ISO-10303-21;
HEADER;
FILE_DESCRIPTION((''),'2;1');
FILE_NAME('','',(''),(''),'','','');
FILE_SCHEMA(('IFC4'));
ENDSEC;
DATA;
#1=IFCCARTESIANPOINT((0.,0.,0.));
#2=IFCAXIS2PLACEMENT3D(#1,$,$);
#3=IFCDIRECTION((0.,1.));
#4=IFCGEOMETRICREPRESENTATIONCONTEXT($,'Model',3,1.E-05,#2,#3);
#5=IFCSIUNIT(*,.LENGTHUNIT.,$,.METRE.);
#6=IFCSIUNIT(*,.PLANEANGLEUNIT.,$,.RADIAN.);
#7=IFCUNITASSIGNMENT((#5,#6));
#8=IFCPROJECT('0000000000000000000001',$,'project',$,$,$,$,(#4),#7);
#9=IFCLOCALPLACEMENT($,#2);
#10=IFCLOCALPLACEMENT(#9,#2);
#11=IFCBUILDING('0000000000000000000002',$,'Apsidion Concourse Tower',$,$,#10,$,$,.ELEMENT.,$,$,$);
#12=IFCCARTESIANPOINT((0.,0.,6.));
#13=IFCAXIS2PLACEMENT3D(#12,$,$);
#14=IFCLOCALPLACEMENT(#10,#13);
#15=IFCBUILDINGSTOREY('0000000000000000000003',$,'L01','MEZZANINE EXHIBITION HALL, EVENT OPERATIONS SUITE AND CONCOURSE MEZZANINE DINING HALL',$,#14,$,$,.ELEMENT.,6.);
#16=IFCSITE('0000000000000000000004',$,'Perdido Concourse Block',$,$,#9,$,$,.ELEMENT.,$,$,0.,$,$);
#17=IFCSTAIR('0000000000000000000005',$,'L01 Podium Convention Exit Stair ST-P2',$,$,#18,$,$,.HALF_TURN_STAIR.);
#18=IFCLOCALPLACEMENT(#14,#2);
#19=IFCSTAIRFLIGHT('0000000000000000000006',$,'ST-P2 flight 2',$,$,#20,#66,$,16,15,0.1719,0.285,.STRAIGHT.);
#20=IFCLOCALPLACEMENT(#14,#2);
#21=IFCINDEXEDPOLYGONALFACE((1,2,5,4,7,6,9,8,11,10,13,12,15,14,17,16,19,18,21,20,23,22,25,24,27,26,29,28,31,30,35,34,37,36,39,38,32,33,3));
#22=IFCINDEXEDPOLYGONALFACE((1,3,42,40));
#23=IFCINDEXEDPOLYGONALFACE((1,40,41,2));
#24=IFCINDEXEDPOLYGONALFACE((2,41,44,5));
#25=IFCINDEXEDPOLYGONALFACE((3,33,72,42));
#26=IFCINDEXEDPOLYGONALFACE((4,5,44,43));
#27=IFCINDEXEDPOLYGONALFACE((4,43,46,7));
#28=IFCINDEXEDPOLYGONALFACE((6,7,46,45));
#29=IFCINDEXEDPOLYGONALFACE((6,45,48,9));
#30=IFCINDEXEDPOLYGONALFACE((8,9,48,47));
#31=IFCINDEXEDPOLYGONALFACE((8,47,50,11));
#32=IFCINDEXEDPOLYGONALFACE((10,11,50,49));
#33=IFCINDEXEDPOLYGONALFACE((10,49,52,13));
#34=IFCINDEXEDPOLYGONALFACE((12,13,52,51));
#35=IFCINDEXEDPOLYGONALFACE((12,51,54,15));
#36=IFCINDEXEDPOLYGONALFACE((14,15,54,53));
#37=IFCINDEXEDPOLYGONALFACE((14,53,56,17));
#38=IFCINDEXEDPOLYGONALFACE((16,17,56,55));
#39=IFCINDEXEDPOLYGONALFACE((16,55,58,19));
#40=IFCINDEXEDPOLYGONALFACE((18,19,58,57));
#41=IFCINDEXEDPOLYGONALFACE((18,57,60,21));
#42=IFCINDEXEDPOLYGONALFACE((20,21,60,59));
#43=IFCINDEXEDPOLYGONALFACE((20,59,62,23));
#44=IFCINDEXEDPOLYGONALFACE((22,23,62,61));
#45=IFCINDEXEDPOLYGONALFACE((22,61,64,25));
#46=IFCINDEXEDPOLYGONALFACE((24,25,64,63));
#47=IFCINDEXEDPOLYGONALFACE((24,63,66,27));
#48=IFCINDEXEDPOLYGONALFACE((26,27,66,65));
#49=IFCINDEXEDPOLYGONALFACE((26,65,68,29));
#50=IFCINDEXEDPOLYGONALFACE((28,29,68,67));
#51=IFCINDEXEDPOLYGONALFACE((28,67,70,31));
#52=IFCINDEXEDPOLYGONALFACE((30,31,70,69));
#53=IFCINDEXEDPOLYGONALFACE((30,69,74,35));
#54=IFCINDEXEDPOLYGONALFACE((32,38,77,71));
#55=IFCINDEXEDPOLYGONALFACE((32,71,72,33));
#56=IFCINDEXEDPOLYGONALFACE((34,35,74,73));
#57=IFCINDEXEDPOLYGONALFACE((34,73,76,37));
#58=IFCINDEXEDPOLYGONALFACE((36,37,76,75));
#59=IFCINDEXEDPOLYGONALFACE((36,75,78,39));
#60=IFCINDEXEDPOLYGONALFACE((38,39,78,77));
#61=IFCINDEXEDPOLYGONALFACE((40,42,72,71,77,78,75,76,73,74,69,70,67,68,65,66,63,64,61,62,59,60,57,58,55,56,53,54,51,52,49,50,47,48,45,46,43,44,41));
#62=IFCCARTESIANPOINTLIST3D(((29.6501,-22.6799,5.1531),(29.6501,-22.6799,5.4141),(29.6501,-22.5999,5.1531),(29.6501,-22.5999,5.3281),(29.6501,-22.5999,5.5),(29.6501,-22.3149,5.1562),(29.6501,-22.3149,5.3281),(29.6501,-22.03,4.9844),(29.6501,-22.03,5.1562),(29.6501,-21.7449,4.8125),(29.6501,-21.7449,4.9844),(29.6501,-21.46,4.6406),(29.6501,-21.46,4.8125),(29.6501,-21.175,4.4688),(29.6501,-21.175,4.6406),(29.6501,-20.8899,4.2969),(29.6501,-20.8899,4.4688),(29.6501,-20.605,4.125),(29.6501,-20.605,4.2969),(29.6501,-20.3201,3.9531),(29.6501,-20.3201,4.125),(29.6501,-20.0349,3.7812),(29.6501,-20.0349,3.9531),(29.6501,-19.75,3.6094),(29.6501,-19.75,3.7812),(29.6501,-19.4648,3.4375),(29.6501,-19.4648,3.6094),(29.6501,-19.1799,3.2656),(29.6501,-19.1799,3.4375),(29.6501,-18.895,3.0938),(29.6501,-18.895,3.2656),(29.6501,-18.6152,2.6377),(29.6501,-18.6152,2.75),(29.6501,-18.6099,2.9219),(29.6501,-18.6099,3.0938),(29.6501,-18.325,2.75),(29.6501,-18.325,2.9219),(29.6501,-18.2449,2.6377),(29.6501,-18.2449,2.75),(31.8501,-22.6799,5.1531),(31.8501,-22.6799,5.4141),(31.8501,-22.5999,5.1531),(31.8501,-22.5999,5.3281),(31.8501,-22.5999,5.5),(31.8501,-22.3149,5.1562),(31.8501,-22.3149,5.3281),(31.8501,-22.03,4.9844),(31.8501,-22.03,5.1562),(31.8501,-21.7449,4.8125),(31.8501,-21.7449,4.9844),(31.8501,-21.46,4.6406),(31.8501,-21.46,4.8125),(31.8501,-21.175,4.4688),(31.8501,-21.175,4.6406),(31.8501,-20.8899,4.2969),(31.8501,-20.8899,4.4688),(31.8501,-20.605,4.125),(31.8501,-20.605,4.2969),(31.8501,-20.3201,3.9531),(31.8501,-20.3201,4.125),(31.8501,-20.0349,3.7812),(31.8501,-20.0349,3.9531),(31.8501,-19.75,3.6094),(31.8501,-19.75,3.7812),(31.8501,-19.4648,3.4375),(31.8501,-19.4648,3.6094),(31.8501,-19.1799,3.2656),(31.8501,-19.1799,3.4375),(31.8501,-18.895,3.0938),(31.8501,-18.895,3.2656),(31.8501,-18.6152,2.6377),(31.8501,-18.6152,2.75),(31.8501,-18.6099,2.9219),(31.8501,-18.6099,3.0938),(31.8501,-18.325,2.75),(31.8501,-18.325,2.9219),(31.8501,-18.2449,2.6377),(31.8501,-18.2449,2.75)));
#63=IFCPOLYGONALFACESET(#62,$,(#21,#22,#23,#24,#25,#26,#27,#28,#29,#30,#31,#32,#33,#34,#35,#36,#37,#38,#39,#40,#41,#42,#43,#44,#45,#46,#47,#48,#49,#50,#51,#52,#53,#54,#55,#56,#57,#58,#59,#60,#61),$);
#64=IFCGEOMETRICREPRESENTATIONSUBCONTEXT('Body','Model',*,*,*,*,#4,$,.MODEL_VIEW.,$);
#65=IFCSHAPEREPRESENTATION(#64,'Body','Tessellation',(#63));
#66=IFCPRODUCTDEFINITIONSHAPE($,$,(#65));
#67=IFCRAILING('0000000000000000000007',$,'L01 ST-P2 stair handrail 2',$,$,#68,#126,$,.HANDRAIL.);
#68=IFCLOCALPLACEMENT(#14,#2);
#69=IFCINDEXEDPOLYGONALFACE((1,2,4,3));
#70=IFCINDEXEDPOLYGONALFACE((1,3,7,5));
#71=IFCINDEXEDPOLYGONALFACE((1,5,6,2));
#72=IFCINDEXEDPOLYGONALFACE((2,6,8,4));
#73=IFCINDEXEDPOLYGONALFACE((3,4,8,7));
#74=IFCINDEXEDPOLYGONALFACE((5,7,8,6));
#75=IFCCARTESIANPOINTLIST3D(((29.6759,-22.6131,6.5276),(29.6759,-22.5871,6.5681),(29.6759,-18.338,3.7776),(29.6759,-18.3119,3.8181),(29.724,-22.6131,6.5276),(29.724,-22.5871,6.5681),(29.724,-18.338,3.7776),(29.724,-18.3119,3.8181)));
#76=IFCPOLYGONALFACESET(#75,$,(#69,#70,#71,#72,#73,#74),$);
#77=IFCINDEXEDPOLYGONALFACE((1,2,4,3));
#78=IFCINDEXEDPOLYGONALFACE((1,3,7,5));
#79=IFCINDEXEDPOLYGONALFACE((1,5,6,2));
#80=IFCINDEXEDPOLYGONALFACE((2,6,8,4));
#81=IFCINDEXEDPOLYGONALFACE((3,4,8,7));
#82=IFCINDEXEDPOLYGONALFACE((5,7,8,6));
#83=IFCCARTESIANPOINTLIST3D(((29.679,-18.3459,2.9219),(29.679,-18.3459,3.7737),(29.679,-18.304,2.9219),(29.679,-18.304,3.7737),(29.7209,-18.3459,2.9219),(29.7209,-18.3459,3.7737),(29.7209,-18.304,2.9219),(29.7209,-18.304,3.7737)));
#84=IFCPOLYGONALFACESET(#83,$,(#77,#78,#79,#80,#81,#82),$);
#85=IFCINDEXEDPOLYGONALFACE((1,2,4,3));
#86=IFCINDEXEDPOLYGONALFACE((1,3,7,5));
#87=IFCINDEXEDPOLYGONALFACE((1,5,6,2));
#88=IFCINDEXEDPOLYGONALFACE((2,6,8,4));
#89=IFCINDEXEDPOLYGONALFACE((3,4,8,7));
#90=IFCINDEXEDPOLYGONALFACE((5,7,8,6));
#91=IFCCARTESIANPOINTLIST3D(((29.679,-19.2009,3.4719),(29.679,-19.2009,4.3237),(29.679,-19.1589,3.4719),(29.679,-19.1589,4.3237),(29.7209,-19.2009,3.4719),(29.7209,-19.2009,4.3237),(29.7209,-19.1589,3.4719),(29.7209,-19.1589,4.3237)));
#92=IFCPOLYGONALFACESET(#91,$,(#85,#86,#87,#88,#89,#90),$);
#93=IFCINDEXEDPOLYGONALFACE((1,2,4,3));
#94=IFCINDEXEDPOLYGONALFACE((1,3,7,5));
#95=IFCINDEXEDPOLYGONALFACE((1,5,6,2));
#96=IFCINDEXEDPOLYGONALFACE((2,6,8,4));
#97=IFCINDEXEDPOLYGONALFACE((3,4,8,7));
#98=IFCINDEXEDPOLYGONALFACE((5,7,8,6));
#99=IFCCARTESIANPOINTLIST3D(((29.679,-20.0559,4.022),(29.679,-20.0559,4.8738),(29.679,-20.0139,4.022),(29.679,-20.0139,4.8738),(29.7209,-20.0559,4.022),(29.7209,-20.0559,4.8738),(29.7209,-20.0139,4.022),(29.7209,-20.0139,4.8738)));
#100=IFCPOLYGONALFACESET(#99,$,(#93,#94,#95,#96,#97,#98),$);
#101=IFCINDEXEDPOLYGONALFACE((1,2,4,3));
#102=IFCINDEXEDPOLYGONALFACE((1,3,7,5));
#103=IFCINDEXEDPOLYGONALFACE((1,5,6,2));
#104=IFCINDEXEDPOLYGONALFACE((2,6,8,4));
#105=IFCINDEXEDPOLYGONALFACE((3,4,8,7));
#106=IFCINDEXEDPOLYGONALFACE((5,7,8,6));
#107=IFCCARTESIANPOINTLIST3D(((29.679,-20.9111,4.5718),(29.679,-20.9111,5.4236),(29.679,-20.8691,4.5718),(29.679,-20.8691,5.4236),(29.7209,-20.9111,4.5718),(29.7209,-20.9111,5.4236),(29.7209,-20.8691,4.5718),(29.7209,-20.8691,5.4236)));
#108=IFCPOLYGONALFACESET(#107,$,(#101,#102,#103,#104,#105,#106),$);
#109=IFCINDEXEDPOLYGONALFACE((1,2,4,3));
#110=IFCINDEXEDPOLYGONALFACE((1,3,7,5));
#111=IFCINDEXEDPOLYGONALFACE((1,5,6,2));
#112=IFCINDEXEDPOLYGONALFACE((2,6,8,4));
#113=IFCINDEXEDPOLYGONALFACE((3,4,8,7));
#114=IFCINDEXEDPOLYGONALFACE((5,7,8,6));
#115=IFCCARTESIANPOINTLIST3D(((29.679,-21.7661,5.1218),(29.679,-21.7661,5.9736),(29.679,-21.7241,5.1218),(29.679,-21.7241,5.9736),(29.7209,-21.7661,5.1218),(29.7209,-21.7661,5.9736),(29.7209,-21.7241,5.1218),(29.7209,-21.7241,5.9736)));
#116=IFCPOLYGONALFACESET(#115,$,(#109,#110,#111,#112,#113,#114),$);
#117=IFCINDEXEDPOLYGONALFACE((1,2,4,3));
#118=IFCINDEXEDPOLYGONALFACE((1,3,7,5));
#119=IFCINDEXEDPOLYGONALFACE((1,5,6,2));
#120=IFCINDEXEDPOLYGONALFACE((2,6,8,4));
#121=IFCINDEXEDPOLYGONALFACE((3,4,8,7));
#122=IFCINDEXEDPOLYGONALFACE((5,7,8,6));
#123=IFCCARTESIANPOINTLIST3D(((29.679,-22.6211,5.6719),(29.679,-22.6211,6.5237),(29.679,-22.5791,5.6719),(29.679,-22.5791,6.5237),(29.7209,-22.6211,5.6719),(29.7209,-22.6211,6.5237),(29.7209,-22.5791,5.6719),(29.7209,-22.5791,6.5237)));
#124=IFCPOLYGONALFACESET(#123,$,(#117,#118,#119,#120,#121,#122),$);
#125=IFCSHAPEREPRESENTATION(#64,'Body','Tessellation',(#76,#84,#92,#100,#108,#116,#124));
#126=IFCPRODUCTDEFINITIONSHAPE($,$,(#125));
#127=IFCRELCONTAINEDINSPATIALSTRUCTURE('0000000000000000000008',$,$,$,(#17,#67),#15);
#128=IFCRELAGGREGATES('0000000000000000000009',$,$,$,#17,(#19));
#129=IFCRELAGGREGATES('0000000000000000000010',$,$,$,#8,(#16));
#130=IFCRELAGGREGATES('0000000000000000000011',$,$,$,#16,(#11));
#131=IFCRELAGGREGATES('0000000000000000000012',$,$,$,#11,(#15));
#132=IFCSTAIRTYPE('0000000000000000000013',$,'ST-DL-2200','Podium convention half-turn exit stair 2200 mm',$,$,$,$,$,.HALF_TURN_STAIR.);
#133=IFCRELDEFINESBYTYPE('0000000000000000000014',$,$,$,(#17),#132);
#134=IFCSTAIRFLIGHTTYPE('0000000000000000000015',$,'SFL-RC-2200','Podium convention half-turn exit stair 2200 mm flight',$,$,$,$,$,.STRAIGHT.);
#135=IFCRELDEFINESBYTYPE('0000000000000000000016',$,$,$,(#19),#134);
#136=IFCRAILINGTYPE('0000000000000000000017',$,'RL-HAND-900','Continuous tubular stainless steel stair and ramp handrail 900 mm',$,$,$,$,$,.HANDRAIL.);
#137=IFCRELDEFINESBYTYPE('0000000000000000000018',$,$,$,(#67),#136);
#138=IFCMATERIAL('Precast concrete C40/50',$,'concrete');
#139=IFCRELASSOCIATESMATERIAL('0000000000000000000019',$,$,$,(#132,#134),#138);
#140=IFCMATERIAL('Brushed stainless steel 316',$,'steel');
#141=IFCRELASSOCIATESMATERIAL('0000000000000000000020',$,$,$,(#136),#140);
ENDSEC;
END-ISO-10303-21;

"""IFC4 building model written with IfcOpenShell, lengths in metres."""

from ifc_helpers import new_model, si_unit, direction, frame, origin, origin_2d, place, context, subcontext, project, spatial, polyline, rectangle, outline, extrude, material, type_object, element, aggregate, save


model = new_model("IFC4")

# Units and contexts
model_context = context("Model", 3, precision=1e-05, world=origin(), true_north=direction((0.0, 1.0)))
body_context = subcontext(model_context, "Body", "Model", "MODEL_VIEW")
ifc_project = project(units=[si_unit("LENGTHUNIT", "METRE"), si_unit("PLANEANGLEUNIT", "RADIAN")], contexts=[model_context])

# Site, building, storey
site_placement = place(None, origin())
site = spatial("IfcSite", under=ifc_project, at=site_placement, Name="Perdido Concourse Block", CompositionType="ELEMENT", RefElevation=0.0)
building_placement = place(site_placement, origin())
building = spatial("IfcBuilding", under=site, at=building_placement, Name="Apsidion Concourse Tower", CompositionType="ELEMENT")
storey_placement = place(building_placement, frame((0.0, 0.0, 6.0)))
storey = spatial("IfcBuildingStorey", under=building, at=storey_placement, Name="L01", Description="MEZZANINE EXHIBITION HALL, EVENT OPERATIONS SUITE AND CONCOURSE MEZZANINE DINING HALL", CompositionType="ELEMENT", Elevation=6.0)

# Shared definitions
ifc_material_1 = material(Name="Precast concrete C40/50", Category="concrete")

# Shared definitions
ifc_material_2 = material(Name="Brushed stainless steel 316", Category="steel")

# Stair, stair flight
stair_type = type_object("IfcStairType", Name="ST-DL-2200", Description="Podium convention half-turn exit stair 2200 mm", PredefinedType="HALF_TURN_STAIR", material=ifc_material_1)
stair_placement = place(storey_placement, origin())
stair = element("IfcStair", 1, at=stair_placement, inside=storey, type_object=stair_type, Name="L01 Podium Convention Exit Stair ST-P2", PredefinedType="HALF_TURN_STAIR")
stair_flight_type = type_object("IfcStairFlightType", Name="SFL-RC-2200", Description="Podium convention half-turn exit stair 2200 mm flight", PredefinedType="STRAIGHT", material=ifc_material_1)
stair_flight_placement = place(storey_placement, frame((30.75, -18.325, 2.75), z_axis=(0.0, 0.0, 1.0), x_axis=(0.0, -1.0, 0.0)))
stair_flight = element("IfcStairFlight", 2, at=stair_flight_placement, type_object=stair_flight_type, Name="ST-P2 flight 2", NumberOfRisers=16, NumberOfTreads=15, PredefinedType="STRAIGHT", RiserHeight=0.1719, TreadLength=0.285, context=body_context, shape_type="SweptSolid", body=[
    extrude(outline(polyline([(-0.0801, -0.1123), (-0.0801, 0.0), (0.0, 0.0), (0.0, 0.1719), (0.2849, 0.1719), (0.2849, 0.3438), (0.5701, 0.3438), (0.5701, 0.5156), (0.855, 0.5156), (0.855, 0.6875), (1.1399, 0.6875), (1.1399, 0.8594), (1.425, 0.8594), (1.425, 1.0312), (1.71, 1.0312), (1.71, 1.2031), (1.9951, 1.2031), (1.9951, 1.375), (2.28, 1.375), (2.28, 1.5469), (2.5649, 1.5469), (2.5649, 1.7188), (2.8501, 1.7188), (2.8501, 1.8906), (3.135, 1.8906), (3.135, 2.0625), (3.4199, 2.0625), (3.4199, 2.2344), (3.7051, 2.2344), (3.7051, 2.4062), (3.99, 2.4062), (3.99, 2.5781), (4.2749, 2.5781), (4.2749, 2.75), (4.355, 2.6641), (4.355, 2.4031), (4.2749, 2.4031), (0.2903, 0.0), (0.2903, -0.1123), (-0.0801, -0.1123)])), frame((0.0, 1.1001, 0.0), z_axis=(0.0, -1.0, 0.0), x_axis=(1.0, 0.0, 0.0)), (0.0, 0.0, 1.0), 2.2),
])
aggregate(stair, [stair_flight])

# Railing
railing_type = type_object("IfcRailingType", Name="RL-HAND-900", Description="Continuous tubular stainless steel stair and ramp handrail 900 mm", PredefinedType="HANDRAIL", material=ifc_material_2)
railing_placement = place(storey_placement, frame((29.7, -18.325, 2.9219)))
element("IfcRailing", 3, at=railing_placement, inside=storey, type_object=railing_type, Name="L01 ST-P2 stair handrail 2", PredefinedType="HANDRAIL", context=body_context, shape_type="SweptSolid", body=[
    extrude(rectangle(XDim=0.0481, YDim=0.0481, at=origin_2d()), frame((0.0, 0.0, 0.876), z_axis=(0.0, -0.841027, 0.540993), x_axis=(1.0, 0.0, 0.0)), (0.0, 0.0, 1.0), 5.0833),
    extrude(rectangle(XDim=0.042, YDim=0.042, at=origin_2d()), origin(), (0.0, 0.0, 1.0), 0.8518),
    extrude(rectangle(XDim=0.042, YDim=0.042, at=origin_2d()), frame((0.0, -0.855, 0.55)), (0.0, 0.0, 1.0), 0.8518),
    extrude(rectangle(XDim=0.042, YDim=0.042, at=origin_2d()), frame((0.0, -1.71, 1.1001)), (0.0, 0.0, 1.0), 0.8518),
    extrude(rectangle(XDim=0.042, YDim=0.042, at=origin_2d()), frame((0.0, -2.5652, 1.6499)), (0.0, 0.0, 1.0), 0.8518),
    extrude(rectangle(XDim=0.042, YDim=0.042, at=origin_2d()), frame((0.0, -3.4202, 2.2)), (0.0, 0.0, 1.0), 0.8518),
    extrude(rectangle(XDim=0.042, YDim=0.042, at=origin_2d()), frame((0.0, -4.2751, 2.75)), (0.0, 0.0, 1.0), 0.8518),
])

save(model, "model.ifc")
